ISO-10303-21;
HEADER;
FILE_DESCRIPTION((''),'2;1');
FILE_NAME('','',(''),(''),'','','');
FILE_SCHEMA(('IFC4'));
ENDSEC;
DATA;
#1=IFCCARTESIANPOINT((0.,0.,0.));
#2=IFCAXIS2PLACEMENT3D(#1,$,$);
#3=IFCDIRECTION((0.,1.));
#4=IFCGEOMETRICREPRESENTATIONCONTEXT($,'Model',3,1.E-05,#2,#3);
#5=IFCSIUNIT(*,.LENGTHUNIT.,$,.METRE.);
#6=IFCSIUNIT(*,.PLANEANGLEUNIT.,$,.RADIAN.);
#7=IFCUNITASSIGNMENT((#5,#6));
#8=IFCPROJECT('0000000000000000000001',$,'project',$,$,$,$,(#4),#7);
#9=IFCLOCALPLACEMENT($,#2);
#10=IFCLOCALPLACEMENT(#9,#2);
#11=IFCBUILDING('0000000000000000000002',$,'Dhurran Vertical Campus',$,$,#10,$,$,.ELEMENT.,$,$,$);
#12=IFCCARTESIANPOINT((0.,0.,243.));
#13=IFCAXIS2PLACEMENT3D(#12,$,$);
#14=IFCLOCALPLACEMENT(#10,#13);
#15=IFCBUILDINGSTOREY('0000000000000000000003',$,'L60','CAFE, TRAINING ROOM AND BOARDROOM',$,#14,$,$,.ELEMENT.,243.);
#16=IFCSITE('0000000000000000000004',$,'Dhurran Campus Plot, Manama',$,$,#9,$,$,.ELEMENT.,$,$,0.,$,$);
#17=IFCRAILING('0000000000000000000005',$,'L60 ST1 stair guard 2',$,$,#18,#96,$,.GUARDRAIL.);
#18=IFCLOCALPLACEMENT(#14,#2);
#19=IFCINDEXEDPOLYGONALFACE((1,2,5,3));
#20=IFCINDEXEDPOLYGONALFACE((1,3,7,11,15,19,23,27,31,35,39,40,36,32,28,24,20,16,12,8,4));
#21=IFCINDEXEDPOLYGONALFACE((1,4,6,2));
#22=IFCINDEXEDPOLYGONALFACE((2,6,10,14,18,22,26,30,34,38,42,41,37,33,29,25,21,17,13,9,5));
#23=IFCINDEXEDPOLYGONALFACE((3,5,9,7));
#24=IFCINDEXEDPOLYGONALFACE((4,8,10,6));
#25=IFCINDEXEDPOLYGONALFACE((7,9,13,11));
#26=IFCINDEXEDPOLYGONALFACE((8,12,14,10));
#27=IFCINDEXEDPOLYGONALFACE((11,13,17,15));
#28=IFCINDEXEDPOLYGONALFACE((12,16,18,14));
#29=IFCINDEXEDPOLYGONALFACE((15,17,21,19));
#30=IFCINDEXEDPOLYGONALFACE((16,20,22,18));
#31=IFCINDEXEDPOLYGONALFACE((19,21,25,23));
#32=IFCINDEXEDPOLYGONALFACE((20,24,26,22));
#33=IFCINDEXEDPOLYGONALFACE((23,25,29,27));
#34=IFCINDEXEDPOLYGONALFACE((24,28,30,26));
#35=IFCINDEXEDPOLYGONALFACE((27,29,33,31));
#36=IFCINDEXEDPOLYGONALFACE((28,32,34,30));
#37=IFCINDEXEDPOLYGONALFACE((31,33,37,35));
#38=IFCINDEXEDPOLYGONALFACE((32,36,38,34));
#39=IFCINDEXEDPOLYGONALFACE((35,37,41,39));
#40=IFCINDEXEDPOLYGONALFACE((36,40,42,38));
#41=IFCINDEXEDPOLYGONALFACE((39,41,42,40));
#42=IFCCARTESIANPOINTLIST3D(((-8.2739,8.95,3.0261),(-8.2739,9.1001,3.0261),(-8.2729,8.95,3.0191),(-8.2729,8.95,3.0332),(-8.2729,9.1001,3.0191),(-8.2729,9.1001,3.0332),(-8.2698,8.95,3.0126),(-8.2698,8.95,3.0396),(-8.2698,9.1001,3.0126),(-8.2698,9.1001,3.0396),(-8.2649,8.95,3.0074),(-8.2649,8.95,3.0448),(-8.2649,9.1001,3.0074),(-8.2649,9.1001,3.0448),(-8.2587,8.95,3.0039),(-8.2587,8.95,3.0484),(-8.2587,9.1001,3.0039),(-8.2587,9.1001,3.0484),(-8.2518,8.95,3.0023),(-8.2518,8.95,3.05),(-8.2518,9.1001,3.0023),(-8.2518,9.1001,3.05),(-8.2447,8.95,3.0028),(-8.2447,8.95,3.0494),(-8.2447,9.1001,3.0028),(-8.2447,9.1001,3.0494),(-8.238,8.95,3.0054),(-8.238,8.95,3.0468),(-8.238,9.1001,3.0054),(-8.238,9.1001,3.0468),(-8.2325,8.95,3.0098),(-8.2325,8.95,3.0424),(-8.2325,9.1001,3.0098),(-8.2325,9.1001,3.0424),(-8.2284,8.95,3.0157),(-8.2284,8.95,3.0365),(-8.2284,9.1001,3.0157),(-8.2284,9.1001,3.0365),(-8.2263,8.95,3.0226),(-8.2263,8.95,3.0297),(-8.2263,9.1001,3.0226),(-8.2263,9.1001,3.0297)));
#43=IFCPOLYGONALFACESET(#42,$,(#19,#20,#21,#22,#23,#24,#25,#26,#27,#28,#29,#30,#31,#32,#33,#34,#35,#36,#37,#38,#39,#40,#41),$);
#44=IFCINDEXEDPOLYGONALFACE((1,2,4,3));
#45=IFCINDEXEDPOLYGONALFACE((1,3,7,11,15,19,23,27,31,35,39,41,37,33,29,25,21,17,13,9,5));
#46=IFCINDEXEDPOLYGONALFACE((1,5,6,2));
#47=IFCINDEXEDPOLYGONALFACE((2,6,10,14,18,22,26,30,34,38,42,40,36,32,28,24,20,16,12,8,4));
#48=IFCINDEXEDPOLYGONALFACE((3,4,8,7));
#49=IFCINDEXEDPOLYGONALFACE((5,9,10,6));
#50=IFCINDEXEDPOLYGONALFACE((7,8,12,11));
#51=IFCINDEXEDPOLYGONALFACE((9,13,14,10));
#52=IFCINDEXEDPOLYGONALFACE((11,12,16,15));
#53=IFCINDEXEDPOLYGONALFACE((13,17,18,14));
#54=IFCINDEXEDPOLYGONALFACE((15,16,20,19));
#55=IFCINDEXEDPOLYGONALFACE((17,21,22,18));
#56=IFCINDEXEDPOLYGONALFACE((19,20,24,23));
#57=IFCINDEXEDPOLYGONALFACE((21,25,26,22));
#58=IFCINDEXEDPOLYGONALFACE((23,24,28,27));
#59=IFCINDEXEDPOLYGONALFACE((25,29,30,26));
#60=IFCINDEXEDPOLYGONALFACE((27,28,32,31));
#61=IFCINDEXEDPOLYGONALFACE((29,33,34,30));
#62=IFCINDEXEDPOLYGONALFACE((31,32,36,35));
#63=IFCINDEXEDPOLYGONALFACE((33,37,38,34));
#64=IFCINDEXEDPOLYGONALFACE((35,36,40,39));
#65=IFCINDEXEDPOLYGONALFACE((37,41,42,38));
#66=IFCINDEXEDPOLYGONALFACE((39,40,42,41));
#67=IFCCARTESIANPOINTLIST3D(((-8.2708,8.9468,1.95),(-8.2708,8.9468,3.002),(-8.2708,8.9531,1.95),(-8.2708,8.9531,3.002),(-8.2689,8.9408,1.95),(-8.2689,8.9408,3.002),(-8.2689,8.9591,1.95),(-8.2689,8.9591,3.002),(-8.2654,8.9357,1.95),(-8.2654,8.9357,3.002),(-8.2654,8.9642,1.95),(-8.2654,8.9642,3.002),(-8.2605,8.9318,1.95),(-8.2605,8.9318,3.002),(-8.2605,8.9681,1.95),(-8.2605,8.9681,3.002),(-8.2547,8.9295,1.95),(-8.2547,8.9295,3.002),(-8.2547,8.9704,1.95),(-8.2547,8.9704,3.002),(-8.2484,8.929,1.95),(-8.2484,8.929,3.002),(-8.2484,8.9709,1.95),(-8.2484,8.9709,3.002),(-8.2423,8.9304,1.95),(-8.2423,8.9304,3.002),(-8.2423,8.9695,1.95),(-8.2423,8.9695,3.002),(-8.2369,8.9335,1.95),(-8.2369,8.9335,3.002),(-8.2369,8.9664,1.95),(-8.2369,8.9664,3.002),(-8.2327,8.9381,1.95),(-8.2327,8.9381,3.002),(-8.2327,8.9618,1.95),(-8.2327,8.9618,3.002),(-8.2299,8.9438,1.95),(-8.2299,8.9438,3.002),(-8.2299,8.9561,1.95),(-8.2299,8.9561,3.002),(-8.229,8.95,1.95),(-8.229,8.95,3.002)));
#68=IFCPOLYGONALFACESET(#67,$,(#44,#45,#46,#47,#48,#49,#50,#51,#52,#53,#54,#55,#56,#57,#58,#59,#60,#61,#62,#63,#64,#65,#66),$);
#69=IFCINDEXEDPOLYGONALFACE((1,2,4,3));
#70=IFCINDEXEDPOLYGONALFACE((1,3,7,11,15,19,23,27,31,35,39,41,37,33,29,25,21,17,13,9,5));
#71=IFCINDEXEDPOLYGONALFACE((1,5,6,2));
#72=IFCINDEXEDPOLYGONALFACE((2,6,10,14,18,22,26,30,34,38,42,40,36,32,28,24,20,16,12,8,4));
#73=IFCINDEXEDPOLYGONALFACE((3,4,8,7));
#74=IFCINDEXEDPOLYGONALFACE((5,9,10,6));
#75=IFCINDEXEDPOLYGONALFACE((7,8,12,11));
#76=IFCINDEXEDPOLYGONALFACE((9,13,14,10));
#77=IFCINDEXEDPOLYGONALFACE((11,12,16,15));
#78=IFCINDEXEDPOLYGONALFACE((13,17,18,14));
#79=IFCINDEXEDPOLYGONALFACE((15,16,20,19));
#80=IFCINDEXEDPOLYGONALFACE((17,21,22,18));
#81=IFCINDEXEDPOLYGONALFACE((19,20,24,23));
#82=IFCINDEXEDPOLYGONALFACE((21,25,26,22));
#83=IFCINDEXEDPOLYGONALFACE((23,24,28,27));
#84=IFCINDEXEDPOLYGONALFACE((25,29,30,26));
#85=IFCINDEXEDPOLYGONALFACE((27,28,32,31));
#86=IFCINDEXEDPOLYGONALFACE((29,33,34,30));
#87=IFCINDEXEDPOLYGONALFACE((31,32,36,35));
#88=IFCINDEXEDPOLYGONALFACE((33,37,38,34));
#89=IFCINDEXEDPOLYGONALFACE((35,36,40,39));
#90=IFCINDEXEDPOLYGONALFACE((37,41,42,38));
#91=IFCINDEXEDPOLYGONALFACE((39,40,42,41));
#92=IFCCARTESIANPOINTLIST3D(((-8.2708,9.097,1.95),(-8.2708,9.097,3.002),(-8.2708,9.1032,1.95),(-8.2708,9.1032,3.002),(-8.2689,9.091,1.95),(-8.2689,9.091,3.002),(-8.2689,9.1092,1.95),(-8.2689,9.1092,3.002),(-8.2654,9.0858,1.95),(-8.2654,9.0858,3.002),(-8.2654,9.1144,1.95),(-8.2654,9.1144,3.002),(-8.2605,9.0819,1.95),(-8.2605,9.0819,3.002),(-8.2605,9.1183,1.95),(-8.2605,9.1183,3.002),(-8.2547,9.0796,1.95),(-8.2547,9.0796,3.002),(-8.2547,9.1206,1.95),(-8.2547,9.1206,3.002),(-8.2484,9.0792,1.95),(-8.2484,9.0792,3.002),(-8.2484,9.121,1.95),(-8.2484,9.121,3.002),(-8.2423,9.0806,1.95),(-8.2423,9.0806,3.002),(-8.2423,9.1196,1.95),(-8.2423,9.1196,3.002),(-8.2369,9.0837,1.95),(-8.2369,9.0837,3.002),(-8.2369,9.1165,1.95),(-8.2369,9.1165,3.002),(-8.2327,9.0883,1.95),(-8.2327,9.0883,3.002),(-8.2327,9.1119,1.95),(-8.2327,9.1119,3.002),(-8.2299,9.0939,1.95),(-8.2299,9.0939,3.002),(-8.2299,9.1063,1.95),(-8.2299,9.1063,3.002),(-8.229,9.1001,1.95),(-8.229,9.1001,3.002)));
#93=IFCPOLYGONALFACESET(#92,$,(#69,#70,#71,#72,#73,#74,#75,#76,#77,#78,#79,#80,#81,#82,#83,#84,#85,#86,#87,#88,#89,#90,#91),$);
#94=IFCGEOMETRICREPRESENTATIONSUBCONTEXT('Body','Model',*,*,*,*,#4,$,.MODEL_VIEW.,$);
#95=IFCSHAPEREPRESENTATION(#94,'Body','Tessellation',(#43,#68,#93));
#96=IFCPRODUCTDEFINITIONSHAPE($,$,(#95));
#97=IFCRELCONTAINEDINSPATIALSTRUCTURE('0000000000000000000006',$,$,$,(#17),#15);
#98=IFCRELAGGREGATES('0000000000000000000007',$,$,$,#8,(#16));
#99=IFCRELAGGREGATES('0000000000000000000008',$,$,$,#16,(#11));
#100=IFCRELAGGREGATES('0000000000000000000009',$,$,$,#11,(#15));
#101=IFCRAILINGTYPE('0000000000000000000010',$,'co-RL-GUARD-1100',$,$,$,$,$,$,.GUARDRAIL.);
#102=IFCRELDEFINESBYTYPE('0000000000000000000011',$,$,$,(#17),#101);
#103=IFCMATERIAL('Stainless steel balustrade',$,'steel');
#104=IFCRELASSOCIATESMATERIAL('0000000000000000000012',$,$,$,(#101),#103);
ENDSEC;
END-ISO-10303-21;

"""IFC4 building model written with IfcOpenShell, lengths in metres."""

from ifc_helpers import new_model, si_unit, direction, frame, origin, origin_2d, place, context, subcontext, project, spatial, circle, extrude, material, type_object, element, save


model = new_model("IFC4")

# Units and contexts
model_context = context("Model", 3, precision=1e-05, world=origin(), true_north=direction((0.0, 1.0)))
body_context = subcontext(model_context, "Body", "Model", "MODEL_VIEW")
ifc_project = project(units=[si_unit("LENGTHUNIT", "METRE"), si_unit("PLANEANGLEUNIT", "RADIAN")], contexts=[model_context])

# Site, building, storey
site_placement = place(None, origin())
site = spatial("IfcSite", under=ifc_project, at=site_placement, Name="Dhurran Campus Plot, Manama", CompositionType="ELEMENT", RefElevation=0.0)
building_placement = place(site_placement, origin())
building = spatial("IfcBuilding", under=site, at=building_placement, Name="Dhurran Vertical Campus", CompositionType="ELEMENT")
storey_placement = place(building_placement, frame((0.0, 0.0, 243.0)))
storey = spatial("IfcBuildingStorey", under=building, at=storey_placement, Name="L60", Description="CAFE, TRAINING ROOM AND BOARDROOM", CompositionType="ELEMENT", Elevation=243.0)

# Railing
ifc_material_1 = material(Name="Stainless steel balustrade", Category="steel")
railing_type_1 = type_object("IfcRailingType", Name="co-RL-GUARD-1100", PredefinedType="GUARDRAIL", material=ifc_material_1)
railing_1_placement = place(storey_placement, frame((-8.25, 8.95, 1.95)))
element("IfcRailing", 1, at=railing_1_placement, inside=storey, type_object=railing_type_1, Name="L60 ST1 stair guard 2", PredefinedType="GUARDRAIL", context=body_context, shape_type="SweptSolid", body=[
    extrude(circle(Radius=0.0239, at=origin_2d()), frame((0.0, 0.0, 1.0762), z_axis=(0.0, 1.0, 0.0), x_axis=(-1.0, 0.0, 0.0)), (0.0, 0.0, 1.0), 0.1501),
    extrude(circle(Radius=0.021, at=origin_2d()), origin(), (0.0, 0.0, 1.0), 1.052),
    extrude(circle(Radius=0.021, at=origin_2d()), frame((0.0, 0.1501, 0.0)), (0.0, 0.0, 1.0), 1.052),
])

save(model, "model.ifc")
